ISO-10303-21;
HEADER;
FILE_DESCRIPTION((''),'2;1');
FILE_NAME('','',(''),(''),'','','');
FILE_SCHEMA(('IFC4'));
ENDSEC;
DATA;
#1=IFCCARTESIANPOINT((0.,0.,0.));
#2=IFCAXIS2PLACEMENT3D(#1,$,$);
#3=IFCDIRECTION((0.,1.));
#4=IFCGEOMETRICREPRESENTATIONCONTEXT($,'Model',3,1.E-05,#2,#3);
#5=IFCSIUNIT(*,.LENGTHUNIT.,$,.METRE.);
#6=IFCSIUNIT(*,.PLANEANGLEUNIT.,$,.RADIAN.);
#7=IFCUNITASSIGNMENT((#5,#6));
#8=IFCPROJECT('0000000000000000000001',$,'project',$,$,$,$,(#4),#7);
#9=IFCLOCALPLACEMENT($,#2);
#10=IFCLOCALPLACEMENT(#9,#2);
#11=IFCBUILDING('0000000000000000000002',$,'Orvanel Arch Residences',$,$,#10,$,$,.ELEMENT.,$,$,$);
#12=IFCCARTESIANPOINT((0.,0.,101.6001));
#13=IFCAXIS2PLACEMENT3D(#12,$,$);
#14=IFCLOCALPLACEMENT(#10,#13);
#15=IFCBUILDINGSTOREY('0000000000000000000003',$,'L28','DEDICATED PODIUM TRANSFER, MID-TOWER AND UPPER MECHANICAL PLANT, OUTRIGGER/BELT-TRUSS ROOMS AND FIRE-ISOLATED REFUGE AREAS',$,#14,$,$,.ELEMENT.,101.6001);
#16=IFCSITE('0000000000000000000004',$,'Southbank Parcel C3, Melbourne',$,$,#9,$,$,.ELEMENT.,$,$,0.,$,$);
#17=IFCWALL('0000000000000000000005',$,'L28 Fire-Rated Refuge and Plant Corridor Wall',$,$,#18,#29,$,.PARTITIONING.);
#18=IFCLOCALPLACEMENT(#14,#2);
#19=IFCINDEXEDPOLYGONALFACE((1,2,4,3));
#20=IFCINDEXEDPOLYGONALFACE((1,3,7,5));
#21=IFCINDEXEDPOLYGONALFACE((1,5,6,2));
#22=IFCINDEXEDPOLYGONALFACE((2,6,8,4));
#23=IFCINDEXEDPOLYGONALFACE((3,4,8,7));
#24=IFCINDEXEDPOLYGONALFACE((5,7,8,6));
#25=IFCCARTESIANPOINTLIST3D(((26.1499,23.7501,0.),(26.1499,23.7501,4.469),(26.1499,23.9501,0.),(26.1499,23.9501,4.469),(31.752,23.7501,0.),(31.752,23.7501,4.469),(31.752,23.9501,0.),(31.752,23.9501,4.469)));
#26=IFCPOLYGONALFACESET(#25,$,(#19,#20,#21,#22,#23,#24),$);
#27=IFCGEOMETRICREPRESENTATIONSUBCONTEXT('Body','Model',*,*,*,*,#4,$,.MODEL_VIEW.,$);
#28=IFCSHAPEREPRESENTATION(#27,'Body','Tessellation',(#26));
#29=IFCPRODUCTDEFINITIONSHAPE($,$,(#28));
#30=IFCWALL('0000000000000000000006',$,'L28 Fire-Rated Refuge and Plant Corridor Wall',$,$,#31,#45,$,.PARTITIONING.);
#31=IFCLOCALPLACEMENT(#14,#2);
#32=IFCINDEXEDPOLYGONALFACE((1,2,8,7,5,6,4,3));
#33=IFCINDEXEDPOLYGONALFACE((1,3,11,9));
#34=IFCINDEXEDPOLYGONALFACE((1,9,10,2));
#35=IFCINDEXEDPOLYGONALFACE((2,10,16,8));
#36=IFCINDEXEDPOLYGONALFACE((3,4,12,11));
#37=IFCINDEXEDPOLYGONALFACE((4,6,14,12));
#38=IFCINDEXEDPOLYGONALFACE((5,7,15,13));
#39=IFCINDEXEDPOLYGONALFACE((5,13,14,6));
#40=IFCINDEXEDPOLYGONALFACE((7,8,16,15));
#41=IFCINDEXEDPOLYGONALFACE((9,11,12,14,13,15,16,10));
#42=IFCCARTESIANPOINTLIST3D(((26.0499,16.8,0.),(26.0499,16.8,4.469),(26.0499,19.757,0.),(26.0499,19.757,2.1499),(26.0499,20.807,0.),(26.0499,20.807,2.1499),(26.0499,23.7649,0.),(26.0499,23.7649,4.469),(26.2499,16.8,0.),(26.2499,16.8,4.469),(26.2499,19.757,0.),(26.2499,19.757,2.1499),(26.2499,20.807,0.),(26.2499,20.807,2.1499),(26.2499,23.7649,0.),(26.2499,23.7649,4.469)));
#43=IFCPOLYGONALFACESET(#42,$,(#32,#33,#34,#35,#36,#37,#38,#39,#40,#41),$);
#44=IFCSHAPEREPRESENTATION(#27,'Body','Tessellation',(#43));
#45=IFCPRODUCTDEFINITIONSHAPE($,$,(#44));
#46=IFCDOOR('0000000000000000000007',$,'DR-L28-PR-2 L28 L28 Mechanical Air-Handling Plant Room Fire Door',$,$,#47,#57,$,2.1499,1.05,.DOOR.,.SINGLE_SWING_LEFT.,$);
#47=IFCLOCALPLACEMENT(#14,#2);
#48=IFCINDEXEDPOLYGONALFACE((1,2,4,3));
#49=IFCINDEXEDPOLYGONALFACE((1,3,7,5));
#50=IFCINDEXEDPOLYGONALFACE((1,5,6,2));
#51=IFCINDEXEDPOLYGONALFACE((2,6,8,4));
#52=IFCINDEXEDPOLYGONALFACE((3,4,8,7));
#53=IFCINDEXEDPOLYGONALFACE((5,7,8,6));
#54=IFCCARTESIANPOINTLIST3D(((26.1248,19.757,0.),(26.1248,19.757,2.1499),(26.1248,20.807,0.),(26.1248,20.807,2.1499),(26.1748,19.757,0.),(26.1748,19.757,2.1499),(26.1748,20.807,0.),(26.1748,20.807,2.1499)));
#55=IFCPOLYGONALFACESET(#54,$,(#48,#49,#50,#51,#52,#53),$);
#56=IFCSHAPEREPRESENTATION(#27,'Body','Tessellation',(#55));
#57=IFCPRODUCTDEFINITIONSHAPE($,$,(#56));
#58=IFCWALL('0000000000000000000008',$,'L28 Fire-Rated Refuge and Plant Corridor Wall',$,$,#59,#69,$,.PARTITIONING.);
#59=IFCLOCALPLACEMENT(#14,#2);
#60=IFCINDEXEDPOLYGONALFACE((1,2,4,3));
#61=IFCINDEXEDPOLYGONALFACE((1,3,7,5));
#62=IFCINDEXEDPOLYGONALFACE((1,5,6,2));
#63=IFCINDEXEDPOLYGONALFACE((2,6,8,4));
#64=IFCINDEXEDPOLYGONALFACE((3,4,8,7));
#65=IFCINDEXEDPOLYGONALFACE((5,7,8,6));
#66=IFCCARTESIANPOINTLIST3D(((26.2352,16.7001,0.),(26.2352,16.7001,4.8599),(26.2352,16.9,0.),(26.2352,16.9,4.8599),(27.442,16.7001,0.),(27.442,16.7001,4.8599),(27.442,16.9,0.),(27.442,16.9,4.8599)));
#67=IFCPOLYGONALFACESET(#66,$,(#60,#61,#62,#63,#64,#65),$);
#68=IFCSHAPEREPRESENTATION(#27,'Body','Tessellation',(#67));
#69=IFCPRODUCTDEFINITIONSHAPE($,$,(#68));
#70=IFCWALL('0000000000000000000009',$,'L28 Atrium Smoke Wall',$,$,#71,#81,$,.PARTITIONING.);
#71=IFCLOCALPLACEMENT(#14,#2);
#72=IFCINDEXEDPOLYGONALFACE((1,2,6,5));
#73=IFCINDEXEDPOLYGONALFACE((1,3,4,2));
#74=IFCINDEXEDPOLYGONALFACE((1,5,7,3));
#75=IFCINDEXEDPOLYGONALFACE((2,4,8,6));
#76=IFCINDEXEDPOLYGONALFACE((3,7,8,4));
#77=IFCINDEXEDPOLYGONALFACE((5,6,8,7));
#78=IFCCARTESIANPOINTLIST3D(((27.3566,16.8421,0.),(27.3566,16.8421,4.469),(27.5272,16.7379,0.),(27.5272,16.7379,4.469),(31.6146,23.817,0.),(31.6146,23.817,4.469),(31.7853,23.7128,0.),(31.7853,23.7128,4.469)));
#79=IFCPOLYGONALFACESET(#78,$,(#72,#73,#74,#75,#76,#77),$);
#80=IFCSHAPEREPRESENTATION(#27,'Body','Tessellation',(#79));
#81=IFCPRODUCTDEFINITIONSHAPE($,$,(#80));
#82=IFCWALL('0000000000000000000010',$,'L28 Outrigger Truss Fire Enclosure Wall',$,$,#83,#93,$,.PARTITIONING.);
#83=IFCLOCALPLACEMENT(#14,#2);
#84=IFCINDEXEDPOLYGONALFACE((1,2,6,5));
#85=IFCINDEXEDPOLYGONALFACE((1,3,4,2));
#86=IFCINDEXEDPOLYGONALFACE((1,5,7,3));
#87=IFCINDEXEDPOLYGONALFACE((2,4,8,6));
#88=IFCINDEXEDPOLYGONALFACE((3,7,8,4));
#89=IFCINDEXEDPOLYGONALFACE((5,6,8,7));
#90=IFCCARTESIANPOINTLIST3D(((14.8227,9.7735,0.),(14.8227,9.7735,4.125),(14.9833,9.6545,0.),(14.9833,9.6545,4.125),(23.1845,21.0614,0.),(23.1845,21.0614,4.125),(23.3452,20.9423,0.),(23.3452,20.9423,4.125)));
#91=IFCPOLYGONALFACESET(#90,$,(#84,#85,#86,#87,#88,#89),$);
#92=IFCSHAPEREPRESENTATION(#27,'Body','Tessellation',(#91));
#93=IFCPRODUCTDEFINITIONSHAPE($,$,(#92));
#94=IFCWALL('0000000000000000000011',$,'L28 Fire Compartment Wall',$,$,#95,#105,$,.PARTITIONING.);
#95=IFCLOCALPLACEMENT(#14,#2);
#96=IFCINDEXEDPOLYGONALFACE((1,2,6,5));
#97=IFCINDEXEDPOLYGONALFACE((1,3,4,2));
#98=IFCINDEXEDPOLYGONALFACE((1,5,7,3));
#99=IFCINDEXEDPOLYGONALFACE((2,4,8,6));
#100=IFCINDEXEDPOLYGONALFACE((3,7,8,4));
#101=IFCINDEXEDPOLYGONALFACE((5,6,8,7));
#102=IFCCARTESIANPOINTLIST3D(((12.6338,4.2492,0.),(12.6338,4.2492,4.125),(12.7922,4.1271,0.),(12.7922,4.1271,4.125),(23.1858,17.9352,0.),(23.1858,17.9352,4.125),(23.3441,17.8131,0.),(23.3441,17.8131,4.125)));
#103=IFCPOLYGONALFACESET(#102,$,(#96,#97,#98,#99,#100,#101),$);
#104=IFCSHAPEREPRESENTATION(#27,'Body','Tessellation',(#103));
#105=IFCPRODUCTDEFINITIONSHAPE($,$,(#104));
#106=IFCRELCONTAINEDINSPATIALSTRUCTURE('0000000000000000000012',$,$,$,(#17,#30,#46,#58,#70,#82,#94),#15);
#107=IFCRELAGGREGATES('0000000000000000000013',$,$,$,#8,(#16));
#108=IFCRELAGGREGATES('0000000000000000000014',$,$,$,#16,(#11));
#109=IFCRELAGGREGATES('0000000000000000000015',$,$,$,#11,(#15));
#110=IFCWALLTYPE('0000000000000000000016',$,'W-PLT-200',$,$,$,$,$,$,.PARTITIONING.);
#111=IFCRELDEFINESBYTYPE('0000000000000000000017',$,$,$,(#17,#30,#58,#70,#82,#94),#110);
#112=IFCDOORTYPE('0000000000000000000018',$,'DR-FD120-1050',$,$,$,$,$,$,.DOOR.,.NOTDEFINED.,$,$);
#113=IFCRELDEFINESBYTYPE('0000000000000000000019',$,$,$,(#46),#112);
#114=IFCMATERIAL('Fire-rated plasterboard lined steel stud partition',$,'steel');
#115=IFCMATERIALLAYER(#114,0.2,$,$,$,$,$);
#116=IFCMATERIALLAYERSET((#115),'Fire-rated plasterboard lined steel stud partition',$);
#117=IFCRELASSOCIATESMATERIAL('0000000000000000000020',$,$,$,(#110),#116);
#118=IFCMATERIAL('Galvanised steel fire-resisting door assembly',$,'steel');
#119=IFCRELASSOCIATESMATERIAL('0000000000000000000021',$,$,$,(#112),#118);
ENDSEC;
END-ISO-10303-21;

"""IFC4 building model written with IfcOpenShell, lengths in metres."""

from ifc_helpers import new_model, si_unit, direction, frame, frame_2d, origin, place, context, subcontext, project, spatial, rectangle, extrude, material, layer, layer_set, type_object, element, fill, save


model = new_model("IFC4")

# Units and contexts
model_context = context("Model", 3, precision=1e-05, world=origin(), true_north=direction((0.0, 1.0)))
body_context = subcontext(model_context, "Body", "Model", "MODEL_VIEW")
ifc_project = project(units=[si_unit("LENGTHUNIT", "METRE"), si_unit("PLANEANGLEUNIT", "RADIAN")], contexts=[model_context])

# Site, building, storey
site_placement = place(None, origin())
site = spatial("IfcSite", under=ifc_project, at=site_placement, Name="Southbank Parcel C3, Melbourne", CompositionType="ELEMENT", RefElevation=0.0)
building_placement = place(site_placement, origin())
building = spatial("IfcBuilding", under=site, at=building_placement, Name="Orvanel Arch Residences", CompositionType="ELEMENT")
storey_placement = place(building_placement, frame((0.0, 0.0, 101.6001)))
storey = spatial("IfcBuildingStorey", under=building, at=storey_placement, Name="L28", Description="DEDICATED PODIUM TRANSFER, MID-TOWER AND UPPER MECHANICAL PLANT, OUTRIGGER/BELT-TRUSS ROOMS AND FIRE-ISOLATED REFUGE AREAS", CompositionType="ELEMENT", Elevation=101.6001)

# Shared definitions
ifc_material_1 = material(Name="Fire-rated plasterboard lined steel stud partition", Category="steel")
ifc_layer_1 = layer(ifc_material_1, 0.2)
ifc_layer_set_1 = layer_set([ifc_layer_1], Name="Fire-rated plasterboard lined steel stud partition")
wall_type = type_object("IfcWallType", Name="W-PLT-200", PredefinedType="PARTITIONING", material=ifc_layer_set_1)
ifc_material_2 = material(Name="Galvanised steel fire-resisting door assembly", Category="steel")
door_type = type_object("IfcDoorType", Name="DR-FD120-1050", OperationType="NOTDEFINED", PredefinedType="DOOR", material=ifc_material_2)

# Wall
wall_1_placement = place(storey_placement, frame((31.752, 23.8501, 0.0), z_axis=(0.0, 0.0, 1.0), x_axis=(-1.0, 0.0, 0.0)))
element("IfcWall", 1, at=wall_1_placement, inside=storey, type_object=wall_type, Name="L28 Fire-Rated Refuge and Plant Corridor Wall", PredefinedType="PARTITIONING", context=body_context, shape_type="SweptSolid", body=[
    extrude(rectangle(XDim=5.6021, YDim=0.2, at=frame_2d((2.801, 0.0))), origin(), (0.0, 0.0, 1.0), 4.469),
])

# Wall, opening, door
wall_2_placement = place(storey_placement, frame((26.1499, 23.7649, 0.0), z_axis=(0.0, 0.0, 1.0), x_axis=(0.0, -1.0, 0.0)))
wall_2 = element("IfcWall", 2, at=wall_2_placement, inside=storey, type_object=wall_type, Name="L28 Fire-Rated Refuge and Plant Corridor Wall", PredefinedType="PARTITIONING", context=body_context, shape_type="SweptSolid", body=[
    extrude(rectangle(XDim=6.9648, YDim=0.2, at=frame_2d((3.4824, 0.0))), origin(), (0.0, 0.0, 1.0), 4.469),
])
opening_1_placement = place(wall_2_placement, frame((2.958, 0.0, 0.0)))
opening_1 = element("IfcOpeningElement", 3, at=opening_1_placement, cuts=wall_2, PredefinedType="OPENING", context=body_context, shape_type="SweptSolid", body=[
    extrude(rectangle(XDim=1.05, YDim=2.1499, at=frame_2d((0.5249, 1.075))), frame((0.0, 0.1099, 0.0), z_axis=(0.0, -1.0, 0.0), x_axis=(1.0, 0.0, 0.0)), (0.0, 0.0, 1.0), 0.22),
])
door_1_placement = place(opening_1_placement, origin())
door_1 = element("IfcDoor", 4, at=door_1_placement, inside=storey, type_object=door_type, Name="DR-L28-PR-2 L28 L28 Mechanical Air-Handling Plant Room Fire Door", OperationType="SINGLE_SWING_LEFT", OverallHeight=2.1499, OverallWidth=1.05, PredefinedType="DOOR", context=body_context, shape_type="SweptSolid", body=[
    extrude(rectangle(XDim=1.05, YDim=2.1499, at=frame_2d((0.5249, 1.075))), frame((0.0, 0.0249, 0.0), z_axis=(0.0, -1.0, 0.0), x_axis=(1.0, 0.0, 0.0)), (0.0, 0.0, 1.0), 0.05),
])
fill(opening_1, door_1)

# Walls
wall_3_placement = place(storey_placement, frame((26.2351, 16.8, 0.0), z_axis=(0.0, 0.0, 1.0), x_axis=(1.0, 0.0, 0.0)))
element("IfcWall", 5, at=wall_3_placement, inside=storey, type_object=wall_type, Name="L28 Fire-Rated Refuge and Plant Corridor Wall", PredefinedType="PARTITIONING", context=body_context, shape_type="SweptSolid", body=[
    extrude(rectangle(XDim=1.2068, YDim=0.2, at=frame_2d((0.6035, 0.0))), origin(), (0.0, 0.0, 1.0), 4.8599),
])
wall_4_placement = place(storey_placement, frame((27.4419, 16.79, 0.0), z_axis=(0.0, 0.0, 1.0), x_axis=(0.521062, 0.853519, 0.0)))
element("IfcWall", 6, at=wall_4_placement, inside=storey, type_object=wall_type, Name="L28 Atrium Smoke Wall", PredefinedType="PARTITIONING", context=body_context, shape_type="SweptSolid", body=[
    extrude(rectangle(XDim=8.1719, YDim=0.2, at=frame_2d((4.0859, 0.0))), origin(), (0.0, 0.0, 1.0), 4.469),
])
wall_5_placement = place(storey_placement, frame((23.2649, 21.002, 0.0), z_axis=(0.0, 0.0, 1.0), x_axis=(-0.595248, -0.803542, 0.0)))
element("IfcWall", 7, at=wall_5_placement, inside=storey, type_object=wall_type, Name="L28 Outrigger Truss Fire Enclosure Wall", PredefinedType="PARTITIONING", context=body_context, shape_type="SweptSolid", body=[
    extrude(rectangle(XDim=14.0476, YDim=0.2, at=frame_2d((7.0239, 0.0))), origin(), (0.0, 0.0, 1.0), 4.125),
])
wall_6_placement = place(storey_placement, frame((23.2649, 17.874, 0.0), z_axis=(0.0, 0.0, 1.0), x_axis=(-0.610593, -0.791944, 0.0)))
element("IfcWall", 8, at=wall_6_placement, inside=storey, type_object=wall_type, Name="L28 Fire Compartment Wall", PredefinedType="PARTITIONING", context=body_context, shape_type="SweptSolid", body=[
    extrude(rectangle(XDim=17.2815, YDim=0.2, at=frame_2d((8.6406, 0.0))), origin(), (0.0, 0.0, 1.0), 4.125),
])

save(model, "model.ifc")
